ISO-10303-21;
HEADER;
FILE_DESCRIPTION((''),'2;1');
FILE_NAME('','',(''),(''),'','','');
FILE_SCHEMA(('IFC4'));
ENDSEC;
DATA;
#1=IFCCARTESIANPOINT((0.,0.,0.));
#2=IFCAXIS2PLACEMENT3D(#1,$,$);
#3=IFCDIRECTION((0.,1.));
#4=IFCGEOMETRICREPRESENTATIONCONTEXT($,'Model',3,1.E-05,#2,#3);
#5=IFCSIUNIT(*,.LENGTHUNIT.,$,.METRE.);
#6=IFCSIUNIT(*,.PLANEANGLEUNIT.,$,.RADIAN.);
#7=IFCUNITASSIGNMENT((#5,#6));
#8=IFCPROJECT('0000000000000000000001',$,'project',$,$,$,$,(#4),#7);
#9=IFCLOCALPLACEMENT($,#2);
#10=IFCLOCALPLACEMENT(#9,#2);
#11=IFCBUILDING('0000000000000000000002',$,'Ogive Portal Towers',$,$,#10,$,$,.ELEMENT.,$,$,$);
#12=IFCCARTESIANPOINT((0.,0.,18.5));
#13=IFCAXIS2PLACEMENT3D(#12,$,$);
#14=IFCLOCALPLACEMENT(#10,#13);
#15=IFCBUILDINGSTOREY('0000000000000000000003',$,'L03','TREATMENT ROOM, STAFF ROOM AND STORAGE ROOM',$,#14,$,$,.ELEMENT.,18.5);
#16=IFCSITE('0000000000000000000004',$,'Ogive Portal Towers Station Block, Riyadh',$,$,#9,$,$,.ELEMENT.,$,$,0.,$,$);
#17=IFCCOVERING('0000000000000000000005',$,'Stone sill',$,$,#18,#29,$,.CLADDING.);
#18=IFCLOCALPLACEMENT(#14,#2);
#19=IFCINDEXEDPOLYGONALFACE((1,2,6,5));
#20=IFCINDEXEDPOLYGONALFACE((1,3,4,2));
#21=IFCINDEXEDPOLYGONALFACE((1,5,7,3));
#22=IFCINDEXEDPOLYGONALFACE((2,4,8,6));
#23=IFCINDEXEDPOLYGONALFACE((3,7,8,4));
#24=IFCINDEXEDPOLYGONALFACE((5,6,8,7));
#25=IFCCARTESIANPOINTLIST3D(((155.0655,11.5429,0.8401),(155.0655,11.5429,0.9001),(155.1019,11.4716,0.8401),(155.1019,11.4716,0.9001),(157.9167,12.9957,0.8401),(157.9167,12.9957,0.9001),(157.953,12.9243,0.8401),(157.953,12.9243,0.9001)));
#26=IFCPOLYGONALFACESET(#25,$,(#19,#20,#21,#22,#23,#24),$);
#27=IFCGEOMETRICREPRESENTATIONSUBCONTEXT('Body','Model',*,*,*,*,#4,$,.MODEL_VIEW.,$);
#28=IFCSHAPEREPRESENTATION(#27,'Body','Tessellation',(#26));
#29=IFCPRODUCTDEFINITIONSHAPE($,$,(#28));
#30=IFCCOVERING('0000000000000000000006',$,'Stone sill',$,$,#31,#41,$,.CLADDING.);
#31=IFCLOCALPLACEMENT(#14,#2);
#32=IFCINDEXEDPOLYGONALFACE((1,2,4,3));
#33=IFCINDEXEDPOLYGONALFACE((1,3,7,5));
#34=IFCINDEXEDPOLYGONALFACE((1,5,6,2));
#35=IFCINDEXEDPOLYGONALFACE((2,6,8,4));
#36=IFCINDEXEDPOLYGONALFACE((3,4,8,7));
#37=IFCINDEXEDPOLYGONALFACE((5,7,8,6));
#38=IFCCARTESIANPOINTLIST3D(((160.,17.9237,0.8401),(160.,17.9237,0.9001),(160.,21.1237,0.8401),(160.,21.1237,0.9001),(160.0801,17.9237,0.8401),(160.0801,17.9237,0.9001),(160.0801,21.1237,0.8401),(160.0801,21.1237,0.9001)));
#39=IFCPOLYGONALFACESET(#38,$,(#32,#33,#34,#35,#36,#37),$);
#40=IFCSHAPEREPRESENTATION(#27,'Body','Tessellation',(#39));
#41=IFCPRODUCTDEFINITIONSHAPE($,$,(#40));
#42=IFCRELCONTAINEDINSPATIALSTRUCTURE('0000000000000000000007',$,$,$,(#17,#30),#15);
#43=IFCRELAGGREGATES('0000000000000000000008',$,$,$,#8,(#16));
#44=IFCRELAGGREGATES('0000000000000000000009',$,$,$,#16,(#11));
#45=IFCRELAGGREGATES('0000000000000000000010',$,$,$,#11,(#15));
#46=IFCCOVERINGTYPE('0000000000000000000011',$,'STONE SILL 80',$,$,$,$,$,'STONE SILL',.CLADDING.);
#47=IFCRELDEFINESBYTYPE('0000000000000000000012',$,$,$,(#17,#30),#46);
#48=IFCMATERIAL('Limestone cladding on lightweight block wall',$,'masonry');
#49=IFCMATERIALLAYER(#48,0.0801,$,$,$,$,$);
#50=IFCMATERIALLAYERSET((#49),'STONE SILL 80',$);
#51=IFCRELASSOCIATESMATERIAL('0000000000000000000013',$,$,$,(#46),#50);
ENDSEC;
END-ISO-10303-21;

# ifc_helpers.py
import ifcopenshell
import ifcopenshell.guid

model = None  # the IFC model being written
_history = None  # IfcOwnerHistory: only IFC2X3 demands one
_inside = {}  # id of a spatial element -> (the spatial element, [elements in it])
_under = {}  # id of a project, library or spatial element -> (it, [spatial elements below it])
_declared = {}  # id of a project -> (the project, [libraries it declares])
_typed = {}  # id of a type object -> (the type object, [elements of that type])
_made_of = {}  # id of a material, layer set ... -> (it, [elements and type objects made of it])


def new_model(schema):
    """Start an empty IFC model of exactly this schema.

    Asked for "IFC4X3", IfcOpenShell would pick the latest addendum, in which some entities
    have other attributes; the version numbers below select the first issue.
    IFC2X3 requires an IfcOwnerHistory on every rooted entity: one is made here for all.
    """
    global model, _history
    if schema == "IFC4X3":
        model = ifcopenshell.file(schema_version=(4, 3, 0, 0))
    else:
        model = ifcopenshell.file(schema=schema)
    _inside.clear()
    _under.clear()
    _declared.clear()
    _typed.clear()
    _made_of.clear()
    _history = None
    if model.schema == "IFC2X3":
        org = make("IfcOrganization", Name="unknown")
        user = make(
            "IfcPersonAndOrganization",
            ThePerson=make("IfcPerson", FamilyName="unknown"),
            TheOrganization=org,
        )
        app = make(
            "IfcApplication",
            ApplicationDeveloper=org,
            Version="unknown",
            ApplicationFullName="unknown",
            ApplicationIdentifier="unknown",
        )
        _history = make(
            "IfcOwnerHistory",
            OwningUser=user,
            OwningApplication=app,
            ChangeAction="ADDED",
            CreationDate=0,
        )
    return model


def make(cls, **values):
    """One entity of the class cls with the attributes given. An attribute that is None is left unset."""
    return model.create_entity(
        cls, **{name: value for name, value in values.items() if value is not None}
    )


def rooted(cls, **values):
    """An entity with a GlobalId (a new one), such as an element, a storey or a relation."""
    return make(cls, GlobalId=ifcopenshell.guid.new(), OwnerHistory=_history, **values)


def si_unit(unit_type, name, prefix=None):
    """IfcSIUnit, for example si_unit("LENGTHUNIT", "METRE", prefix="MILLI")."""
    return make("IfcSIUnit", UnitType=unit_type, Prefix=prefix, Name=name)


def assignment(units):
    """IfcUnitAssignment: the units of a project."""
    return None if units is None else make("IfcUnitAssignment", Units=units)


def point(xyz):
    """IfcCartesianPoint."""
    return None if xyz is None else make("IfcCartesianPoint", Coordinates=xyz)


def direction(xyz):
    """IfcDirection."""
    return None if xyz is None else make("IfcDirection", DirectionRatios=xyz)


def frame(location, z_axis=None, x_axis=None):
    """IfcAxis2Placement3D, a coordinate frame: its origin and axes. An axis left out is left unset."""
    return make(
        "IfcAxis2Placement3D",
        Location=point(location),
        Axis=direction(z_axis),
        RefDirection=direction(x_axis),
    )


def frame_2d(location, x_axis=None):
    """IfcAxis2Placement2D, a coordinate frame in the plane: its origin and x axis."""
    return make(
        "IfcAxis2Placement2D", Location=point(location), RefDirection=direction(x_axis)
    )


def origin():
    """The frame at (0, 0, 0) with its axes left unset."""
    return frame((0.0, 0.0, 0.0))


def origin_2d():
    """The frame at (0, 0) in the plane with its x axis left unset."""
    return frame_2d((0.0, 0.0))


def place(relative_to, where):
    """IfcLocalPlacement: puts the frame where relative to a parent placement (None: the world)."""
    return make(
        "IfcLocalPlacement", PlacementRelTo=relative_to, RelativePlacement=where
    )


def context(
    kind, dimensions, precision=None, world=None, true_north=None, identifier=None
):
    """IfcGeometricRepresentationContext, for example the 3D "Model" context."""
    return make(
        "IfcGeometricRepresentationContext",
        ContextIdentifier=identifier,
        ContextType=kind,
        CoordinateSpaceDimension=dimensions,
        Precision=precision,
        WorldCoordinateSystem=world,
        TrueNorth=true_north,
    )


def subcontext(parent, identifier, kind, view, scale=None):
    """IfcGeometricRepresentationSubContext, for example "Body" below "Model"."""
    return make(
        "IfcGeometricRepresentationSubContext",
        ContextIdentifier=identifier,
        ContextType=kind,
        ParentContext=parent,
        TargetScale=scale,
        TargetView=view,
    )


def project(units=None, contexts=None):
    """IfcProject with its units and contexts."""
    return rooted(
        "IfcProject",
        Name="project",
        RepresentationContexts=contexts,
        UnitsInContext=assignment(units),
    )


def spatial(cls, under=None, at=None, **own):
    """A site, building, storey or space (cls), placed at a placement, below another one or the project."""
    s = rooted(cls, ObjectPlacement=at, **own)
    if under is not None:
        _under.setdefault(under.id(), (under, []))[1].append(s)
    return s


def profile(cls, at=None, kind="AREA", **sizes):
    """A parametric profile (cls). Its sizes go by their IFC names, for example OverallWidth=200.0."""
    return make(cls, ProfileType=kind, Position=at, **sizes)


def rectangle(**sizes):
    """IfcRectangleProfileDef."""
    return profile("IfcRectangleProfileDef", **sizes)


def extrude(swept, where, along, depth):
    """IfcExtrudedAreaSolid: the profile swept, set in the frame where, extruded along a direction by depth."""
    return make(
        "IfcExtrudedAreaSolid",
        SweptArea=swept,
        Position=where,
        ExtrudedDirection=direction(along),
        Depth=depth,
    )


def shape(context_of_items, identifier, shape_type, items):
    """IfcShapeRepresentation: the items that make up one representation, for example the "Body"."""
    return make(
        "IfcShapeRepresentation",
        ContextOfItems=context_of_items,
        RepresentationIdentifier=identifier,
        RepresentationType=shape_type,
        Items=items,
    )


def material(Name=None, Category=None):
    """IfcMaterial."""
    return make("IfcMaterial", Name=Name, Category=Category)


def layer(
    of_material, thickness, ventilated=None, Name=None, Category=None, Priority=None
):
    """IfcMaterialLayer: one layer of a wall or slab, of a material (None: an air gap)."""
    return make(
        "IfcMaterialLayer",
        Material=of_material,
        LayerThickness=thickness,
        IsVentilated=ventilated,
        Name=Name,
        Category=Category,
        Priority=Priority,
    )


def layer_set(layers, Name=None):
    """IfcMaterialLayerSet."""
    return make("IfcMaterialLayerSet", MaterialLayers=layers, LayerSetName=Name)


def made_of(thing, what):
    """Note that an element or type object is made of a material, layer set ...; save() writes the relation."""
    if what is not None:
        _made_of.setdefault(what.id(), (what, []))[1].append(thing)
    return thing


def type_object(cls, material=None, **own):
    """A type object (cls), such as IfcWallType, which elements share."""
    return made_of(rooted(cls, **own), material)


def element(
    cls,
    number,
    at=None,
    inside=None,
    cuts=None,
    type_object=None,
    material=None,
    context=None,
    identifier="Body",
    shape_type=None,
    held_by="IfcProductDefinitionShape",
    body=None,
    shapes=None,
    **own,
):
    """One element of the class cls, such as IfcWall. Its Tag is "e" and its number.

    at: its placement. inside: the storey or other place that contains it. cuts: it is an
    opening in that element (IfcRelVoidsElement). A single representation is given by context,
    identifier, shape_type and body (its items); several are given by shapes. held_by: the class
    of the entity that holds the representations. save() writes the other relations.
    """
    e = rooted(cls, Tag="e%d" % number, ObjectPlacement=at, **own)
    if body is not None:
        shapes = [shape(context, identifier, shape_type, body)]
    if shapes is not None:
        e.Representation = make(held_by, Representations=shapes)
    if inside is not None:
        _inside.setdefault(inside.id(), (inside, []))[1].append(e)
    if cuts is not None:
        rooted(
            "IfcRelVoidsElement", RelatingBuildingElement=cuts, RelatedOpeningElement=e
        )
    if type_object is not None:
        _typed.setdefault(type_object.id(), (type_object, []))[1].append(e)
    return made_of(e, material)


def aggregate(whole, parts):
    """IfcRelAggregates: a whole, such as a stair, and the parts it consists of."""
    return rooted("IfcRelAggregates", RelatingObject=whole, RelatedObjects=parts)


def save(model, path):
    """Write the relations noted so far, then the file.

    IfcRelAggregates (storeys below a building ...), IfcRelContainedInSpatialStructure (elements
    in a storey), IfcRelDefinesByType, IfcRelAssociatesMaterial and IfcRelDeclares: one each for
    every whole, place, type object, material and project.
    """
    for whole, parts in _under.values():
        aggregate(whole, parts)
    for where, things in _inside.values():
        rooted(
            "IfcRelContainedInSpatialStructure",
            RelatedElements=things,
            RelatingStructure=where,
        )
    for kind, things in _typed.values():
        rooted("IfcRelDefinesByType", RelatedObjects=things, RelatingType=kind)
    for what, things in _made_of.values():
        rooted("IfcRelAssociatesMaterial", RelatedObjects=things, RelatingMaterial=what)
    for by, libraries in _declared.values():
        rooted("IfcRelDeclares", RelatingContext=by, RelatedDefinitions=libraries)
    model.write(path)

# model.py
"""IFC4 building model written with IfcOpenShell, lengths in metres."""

from ifc_helpers import new_model, si_unit, direction, frame, origin, origin_2d, place, context, subcontext, project, spatial, rectangle, extrude, material, layer, layer_set, type_object, element, save


model = new_model("IFC4")

# Units and contexts
model_context = context("Model", 3, precision=1e-05, world=origin(), true_north=direction((0.0, 1.0)))
body_context = subcontext(model_context, "Body", "Model", "MODEL_VIEW")
ifc_project = project(units=[si_unit("LENGTHUNIT", "METRE"), si_unit("PLANEANGLEUNIT", "RADIAN")], contexts=[model_context])

# Site, building, storey
site_placement = place(None, origin())
site = spatial("IfcSite", under=ifc_project, at=site_placement, Name="Ogive Portal Towers Station Block, Riyadh", CompositionType="ELEMENT", RefElevation=0.0)
building_placement = place(site_placement, origin())
building = spatial("IfcBuilding", under=site, at=building_placement, Name="Ogive Portal Towers", CompositionType="ELEMENT")
storey_placement = place(building_placement, frame((0.0, 0.0, 18.5)))
storey = spatial("IfcBuildingStorey", under=building, at=storey_placement, Name="L03", Description="TREATMENT ROOM, STAFF ROOM AND STORAGE ROOM", CompositionType="ELEMENT", Elevation=18.5)

# Shared definitions
ifc_material_1 = material(Name="Limestone cladding on lightweight block wall", Category="masonry")

# Coverings
ifc_layer_1 = layer(ifc_material_1, 0.0801)
ifc_layer_set_1 = layer_set([ifc_layer_1], Name="STONE SILL 80")
covering_type = type_object("IfcCoveringType", Name="STONE SILL 80", ElementType="STONE SILL", PredefinedType="CLADDING", material=ifc_layer_set_1)
for number, where, z_axis, x_axis, name in (
    (1, (156.5093, 12.2336, 0.8401), (0.0, 0.0, 1.0), (0.891007, 0.45399, 0.0), "Stone sill"),
    (2, (160.04, 19.5237, 0.8401), (0.0, 0.0, 1.0), (0.0, 1.0, 0.0), "Stone sill"),
):
    element("IfcCovering", number, at=place(storey_placement, frame(where, z_axis=z_axis, x_axis=x_axis)), inside=storey, type_object=covering_type, Name=name, PredefinedType="CLADDING", context=body_context, shape_type="SweptSolid", body=[
        extrude(rectangle(XDim=3.2, YDim=0.0801, at=origin_2d()), origin(), (0.0, 0.0, 1.0), 0.0601),
    ])

save(model, "model.ifc")
